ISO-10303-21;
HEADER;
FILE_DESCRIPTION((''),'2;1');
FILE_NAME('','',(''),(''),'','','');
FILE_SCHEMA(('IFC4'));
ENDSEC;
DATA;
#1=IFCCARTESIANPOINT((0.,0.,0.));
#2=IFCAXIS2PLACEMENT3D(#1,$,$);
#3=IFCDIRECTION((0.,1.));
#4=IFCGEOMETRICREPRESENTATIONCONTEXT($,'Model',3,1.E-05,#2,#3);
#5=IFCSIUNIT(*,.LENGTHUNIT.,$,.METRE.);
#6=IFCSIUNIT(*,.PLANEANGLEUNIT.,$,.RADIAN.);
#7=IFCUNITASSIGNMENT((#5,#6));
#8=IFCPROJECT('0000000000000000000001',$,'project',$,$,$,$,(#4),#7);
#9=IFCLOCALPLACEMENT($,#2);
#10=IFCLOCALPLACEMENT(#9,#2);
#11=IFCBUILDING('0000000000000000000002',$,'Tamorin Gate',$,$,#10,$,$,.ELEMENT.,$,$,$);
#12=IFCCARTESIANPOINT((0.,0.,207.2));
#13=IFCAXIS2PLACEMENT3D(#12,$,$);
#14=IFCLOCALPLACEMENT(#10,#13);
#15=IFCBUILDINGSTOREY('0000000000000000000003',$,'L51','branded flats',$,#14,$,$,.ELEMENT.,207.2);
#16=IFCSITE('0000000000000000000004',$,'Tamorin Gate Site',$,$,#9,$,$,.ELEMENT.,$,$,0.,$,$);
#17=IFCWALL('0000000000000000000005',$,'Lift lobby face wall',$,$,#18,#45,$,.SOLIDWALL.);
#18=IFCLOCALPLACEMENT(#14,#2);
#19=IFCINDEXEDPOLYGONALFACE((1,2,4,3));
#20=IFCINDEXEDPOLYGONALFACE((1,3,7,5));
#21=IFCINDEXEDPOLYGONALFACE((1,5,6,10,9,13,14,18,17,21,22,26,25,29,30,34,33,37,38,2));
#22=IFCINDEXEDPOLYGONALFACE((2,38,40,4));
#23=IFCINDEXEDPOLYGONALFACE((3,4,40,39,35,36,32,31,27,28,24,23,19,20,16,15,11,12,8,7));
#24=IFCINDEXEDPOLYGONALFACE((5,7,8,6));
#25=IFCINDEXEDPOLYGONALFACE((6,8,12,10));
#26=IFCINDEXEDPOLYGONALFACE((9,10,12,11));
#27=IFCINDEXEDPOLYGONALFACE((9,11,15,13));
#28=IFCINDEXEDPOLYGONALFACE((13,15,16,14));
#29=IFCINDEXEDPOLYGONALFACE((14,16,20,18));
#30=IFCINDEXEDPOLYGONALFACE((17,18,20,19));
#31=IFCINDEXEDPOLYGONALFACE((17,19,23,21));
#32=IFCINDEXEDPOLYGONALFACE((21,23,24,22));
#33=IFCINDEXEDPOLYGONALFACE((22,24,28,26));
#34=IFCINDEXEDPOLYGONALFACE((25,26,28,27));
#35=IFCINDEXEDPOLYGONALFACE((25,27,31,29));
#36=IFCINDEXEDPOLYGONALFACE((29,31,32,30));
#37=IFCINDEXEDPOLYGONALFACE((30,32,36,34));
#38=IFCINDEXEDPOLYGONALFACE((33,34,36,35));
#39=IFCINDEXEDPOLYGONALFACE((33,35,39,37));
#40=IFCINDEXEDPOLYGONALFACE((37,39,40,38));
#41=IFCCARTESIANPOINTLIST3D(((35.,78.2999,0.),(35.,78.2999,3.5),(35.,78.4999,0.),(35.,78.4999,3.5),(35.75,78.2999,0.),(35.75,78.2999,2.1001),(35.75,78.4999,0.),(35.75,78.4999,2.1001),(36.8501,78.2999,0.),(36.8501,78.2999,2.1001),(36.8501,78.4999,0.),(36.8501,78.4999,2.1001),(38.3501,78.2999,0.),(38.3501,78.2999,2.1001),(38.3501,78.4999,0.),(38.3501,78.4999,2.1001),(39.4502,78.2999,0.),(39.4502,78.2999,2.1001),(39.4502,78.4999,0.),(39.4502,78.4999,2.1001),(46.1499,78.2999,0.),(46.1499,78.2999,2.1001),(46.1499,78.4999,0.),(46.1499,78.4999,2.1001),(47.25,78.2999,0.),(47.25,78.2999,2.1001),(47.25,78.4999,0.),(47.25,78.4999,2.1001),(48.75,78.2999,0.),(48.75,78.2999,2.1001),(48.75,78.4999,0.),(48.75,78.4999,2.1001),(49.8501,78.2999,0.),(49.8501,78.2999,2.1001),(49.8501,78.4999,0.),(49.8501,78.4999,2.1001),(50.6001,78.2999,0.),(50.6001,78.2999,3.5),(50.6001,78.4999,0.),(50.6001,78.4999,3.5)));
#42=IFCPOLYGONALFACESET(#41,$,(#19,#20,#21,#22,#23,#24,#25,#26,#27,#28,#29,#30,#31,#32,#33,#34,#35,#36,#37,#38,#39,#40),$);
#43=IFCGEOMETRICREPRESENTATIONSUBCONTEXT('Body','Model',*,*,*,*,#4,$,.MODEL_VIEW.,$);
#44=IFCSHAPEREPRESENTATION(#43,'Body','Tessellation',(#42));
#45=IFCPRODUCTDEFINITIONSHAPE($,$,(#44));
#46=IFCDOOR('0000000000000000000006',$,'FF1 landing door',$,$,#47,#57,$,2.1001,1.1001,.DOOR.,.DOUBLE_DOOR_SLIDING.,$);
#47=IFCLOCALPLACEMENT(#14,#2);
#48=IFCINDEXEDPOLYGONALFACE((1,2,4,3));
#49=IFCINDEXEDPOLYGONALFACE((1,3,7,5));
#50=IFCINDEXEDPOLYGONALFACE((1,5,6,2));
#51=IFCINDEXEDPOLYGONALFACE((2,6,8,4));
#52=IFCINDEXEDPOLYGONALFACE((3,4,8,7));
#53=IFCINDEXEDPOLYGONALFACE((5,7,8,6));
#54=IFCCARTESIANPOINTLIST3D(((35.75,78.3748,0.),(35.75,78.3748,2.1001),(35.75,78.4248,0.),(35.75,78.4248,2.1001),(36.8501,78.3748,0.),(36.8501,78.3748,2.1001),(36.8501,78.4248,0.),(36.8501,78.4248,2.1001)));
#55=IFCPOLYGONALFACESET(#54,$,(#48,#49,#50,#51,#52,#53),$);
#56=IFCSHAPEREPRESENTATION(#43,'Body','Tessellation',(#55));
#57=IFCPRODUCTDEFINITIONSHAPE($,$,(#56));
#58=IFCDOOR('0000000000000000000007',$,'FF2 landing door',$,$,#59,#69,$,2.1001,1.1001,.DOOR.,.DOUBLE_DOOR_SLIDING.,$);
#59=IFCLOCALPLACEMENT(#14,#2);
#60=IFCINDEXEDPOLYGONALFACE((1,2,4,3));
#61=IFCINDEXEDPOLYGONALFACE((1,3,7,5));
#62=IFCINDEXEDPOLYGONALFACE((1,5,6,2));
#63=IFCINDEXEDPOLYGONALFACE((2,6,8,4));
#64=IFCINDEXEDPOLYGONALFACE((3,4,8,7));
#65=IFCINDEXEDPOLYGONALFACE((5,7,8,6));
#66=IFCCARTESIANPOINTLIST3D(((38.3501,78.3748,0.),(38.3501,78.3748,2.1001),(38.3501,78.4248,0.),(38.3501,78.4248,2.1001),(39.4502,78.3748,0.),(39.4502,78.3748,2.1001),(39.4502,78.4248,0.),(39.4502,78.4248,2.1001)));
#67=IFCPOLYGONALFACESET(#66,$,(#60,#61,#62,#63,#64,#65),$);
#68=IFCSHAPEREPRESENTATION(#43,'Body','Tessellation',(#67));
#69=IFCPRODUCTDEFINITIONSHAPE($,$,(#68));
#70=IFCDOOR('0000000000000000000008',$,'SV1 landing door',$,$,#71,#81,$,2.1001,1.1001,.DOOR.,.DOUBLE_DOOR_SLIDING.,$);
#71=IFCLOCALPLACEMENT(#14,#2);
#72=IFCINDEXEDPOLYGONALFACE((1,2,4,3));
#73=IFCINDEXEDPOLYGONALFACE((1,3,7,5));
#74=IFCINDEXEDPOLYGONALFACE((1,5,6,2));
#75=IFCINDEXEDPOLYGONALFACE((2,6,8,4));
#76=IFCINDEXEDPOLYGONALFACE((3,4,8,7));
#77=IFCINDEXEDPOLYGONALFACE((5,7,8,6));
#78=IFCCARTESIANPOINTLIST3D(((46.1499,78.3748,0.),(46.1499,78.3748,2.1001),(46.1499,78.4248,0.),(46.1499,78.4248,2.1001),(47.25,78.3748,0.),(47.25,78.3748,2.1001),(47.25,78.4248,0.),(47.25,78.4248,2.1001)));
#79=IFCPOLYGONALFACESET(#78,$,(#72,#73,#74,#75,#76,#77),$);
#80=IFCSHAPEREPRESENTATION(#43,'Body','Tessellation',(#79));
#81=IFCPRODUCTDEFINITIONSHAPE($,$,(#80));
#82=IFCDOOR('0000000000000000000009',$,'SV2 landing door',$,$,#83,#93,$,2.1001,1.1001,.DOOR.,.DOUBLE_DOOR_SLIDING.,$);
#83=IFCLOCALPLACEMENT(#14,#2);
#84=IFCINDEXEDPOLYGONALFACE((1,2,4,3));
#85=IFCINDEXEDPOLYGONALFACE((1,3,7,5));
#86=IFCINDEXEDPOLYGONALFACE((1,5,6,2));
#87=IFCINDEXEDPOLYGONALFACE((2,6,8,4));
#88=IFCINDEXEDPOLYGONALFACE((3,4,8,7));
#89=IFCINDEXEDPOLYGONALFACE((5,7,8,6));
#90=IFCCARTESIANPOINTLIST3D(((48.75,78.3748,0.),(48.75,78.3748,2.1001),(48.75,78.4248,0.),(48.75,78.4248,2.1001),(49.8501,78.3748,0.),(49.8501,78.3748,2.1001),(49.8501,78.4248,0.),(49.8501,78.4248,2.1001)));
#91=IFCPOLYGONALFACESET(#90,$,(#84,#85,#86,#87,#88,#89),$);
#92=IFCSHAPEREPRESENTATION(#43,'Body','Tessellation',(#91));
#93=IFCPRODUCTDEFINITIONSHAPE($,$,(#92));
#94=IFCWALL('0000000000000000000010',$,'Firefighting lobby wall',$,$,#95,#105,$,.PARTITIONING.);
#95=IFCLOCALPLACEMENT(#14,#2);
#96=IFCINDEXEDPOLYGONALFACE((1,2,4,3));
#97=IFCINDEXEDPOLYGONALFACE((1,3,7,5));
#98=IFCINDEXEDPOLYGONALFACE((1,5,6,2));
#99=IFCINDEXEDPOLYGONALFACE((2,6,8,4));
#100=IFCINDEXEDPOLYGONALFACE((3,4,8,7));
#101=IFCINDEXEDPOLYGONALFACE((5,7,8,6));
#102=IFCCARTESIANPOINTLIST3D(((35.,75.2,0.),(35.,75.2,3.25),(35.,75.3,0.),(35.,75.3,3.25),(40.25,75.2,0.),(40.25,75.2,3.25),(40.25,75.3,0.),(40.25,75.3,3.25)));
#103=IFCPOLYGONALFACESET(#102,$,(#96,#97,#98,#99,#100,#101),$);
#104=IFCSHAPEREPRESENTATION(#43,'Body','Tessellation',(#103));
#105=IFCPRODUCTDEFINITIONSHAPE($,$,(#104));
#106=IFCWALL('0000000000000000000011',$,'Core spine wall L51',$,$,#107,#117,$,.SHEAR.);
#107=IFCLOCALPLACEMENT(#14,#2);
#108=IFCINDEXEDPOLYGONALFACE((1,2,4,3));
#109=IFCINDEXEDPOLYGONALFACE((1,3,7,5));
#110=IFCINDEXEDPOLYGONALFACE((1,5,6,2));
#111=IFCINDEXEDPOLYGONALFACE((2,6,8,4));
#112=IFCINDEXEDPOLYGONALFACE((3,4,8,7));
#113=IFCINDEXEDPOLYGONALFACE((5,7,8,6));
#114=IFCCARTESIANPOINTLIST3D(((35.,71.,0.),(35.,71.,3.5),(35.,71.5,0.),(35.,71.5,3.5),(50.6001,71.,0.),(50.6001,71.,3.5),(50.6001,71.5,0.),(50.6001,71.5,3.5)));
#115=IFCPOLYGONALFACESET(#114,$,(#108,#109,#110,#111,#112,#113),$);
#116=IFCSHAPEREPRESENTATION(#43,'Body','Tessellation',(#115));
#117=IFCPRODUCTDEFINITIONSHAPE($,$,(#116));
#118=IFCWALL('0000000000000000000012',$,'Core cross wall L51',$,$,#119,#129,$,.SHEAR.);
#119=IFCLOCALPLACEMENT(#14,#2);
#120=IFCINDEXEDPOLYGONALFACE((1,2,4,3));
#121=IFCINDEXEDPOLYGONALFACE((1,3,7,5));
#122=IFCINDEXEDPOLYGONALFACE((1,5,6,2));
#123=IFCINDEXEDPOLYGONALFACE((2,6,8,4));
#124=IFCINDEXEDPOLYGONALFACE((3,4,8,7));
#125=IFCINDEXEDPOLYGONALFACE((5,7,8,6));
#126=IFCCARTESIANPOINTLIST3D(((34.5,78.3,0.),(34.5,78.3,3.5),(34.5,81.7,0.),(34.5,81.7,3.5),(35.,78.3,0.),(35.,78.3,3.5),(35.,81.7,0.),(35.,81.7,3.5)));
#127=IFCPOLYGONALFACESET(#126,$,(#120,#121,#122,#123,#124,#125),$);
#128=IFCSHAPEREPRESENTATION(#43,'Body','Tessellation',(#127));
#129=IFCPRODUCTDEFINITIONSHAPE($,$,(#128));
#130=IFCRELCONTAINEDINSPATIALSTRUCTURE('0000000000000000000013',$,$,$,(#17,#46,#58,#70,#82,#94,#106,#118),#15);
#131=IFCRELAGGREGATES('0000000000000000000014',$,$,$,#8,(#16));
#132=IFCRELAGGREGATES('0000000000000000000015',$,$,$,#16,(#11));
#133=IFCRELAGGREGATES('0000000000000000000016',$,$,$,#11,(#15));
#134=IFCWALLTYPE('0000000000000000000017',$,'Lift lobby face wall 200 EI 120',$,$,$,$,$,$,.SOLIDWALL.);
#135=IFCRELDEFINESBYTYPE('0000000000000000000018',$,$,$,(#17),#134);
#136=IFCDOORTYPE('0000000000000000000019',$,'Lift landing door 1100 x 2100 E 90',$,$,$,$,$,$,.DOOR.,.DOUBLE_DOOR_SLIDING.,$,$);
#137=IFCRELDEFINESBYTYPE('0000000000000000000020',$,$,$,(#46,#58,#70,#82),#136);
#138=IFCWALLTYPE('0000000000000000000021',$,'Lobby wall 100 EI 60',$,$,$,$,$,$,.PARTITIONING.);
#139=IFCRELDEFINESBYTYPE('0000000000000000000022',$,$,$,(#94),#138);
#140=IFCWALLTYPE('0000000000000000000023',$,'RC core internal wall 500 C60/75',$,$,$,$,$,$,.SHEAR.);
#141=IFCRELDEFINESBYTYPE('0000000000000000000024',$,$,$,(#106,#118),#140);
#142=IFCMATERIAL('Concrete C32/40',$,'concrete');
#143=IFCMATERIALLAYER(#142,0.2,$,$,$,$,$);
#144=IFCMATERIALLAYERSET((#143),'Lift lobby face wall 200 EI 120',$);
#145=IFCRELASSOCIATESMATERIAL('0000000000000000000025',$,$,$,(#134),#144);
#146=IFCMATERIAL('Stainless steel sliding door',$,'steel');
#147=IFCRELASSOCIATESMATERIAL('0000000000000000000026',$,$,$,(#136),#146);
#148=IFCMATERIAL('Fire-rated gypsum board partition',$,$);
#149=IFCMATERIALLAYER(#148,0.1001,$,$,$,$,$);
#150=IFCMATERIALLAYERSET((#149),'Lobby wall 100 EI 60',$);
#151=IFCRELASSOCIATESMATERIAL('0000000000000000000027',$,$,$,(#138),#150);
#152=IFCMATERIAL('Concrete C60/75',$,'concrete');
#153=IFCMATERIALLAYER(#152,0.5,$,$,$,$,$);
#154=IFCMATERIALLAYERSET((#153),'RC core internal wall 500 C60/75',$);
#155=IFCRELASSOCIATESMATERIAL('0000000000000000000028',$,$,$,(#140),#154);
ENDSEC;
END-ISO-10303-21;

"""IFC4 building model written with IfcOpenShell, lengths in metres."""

from ifc_helpers import new_model, si_unit, direction, frame, frame_2d, origin, place, context, subcontext, project, spatial, rectangle, extrude, material, layer, layer_set, type_object, element, fill, save


model = new_model("IFC4")

# Units and contexts
model_context = context("Model", 3, precision=1e-05, world=origin(), true_north=direction((0.0, 1.0)))
body_context = subcontext(model_context, "Body", "Model", "MODEL_VIEW")
ifc_project = project(units=[si_unit("LENGTHUNIT", "METRE"), si_unit("PLANEANGLEUNIT", "RADIAN")], contexts=[model_context])

# Site, building, storey
site_placement = place(None, origin())
site = spatial("IfcSite", under=ifc_project, at=site_placement, Name="Tamorin Gate Site", CompositionType="ELEMENT", RefElevation=0.0)
building_placement = place(site_placement, origin())
building = spatial("IfcBuilding", under=site, at=building_placement, Name="Tamorin Gate", CompositionType="ELEMENT")
storey_placement = place(building_placement, frame((0.0, 0.0, 207.2)))
storey = spatial("IfcBuildingStorey", under=building, at=storey_placement, Name="L51", Description="branded flats", CompositionType="ELEMENT", Elevation=207.2)

# Wall, openings, doors
ifc_material_1 = material(Name="Concrete C32/40", Category="concrete")
ifc_layer_1 = layer(ifc_material_1, 0.2)
ifc_layer_set_1 = layer_set([ifc_layer_1], Name="Lift lobby face wall 200 EI 120")
wall_type_1 = type_object("IfcWallType", Name="Lift lobby face wall 200 EI 120", PredefinedType="SOLIDWALL", material=ifc_layer_set_1)
ifc_material_2 = material(Name="Stainless steel sliding door", Category="steel")
door_type_1 = type_object("IfcDoorType", Name="Lift landing door 1100 x 2100 E 90", OperationType="DOUBLE_DOOR_SLIDING", PredefinedType="DOOR", material=ifc_material_2)
wall_1_placement = place(storey_placement, frame((35.0, 78.3999, 0.0), z_axis=(0.0, 0.0, 1.0), x_axis=(1.0, 0.0, 0.0)))
wall_1 = element("IfcWall", 1, at=wall_1_placement, inside=storey, type_object=wall_type_1, Name="Lift lobby face wall", PredefinedType="SOLIDWALL", context=body_context, shape_type="SweptSolid", body=[
    extrude(rectangle(XDim=15.6001, YDim=0.2, at=frame_2d((7.8, 0.0))), origin(), (0.0, 0.0, 1.0), 3.5),
])
opening_1_placement = place(wall_1_placement, frame((0.75, 0.0, 0.0)))
opening_1 = element("IfcOpeningElement", 2, at=opening_1_placement, cuts=wall_1, PredefinedType="OPENING", context=body_context, shape_type="SweptSolid", body=[
    extrude(rectangle(XDim=1.1001, YDim=2.1001, at=frame_2d((0.55, 1.05))), frame((0.0, 0.1099, 0.0), z_axis=(0.0, -1.0, 0.0), x_axis=(1.0, 0.0, 0.0)), (0.0, 0.0, 1.0), 0.22),
])
opening_2_placement = place(wall_1_placement, frame((3.3501, 0.0, 0.0)))
opening_2 = element("IfcOpeningElement", 3, at=opening_2_placement, cuts=wall_1, PredefinedType="OPENING", context=body_context, shape_type="SweptSolid", body=[
    extrude(rectangle(XDim=1.1001, YDim=2.1001, at=frame_2d((0.55, 1.05))), frame((0.0, 0.1099, 0.0), z_axis=(0.0, -1.0, 0.0), x_axis=(1.0, 0.0, 0.0)), (0.0, 0.0, 1.0), 0.22),
])
opening_3_placement = place(wall_1_placement, frame((11.1499, 0.0, 0.0)))
opening_3 = element("IfcOpeningElement", 4, at=opening_3_placement, cuts=wall_1, PredefinedType="OPENING", context=body_context, shape_type="SweptSolid", body=[
    extrude(rectangle(XDim=1.1001, YDim=2.1001, at=frame_2d((0.55, 1.05))), frame((0.0, 0.1099, 0.0), z_axis=(0.0, -1.0, 0.0), x_axis=(1.0, 0.0, 0.0)), (0.0, 0.0, 1.0), 0.22),
])
opening_4_placement = place(wall_1_placement, frame((13.75, 0.0, 0.0)))
opening_4 = element("IfcOpeningElement", 5, at=opening_4_placement, cuts=wall_1, PredefinedType="OPENING", context=body_context, shape_type="SweptSolid", body=[
    extrude(rectangle(XDim=1.1001, YDim=2.1001, at=frame_2d((0.55, 1.05))), frame((0.0, 0.1099, 0.0), z_axis=(0.0, -1.0, 0.0), x_axis=(1.0, 0.0, 0.0)), (0.0, 0.0, 1.0), 0.22),
])
door_1_placement = place(opening_1_placement, origin())
door_1 = element("IfcDoor", 6, at=door_1_placement, inside=storey, type_object=door_type_1, Name="FF1 landing door", OperationType="DOUBLE_DOOR_SLIDING", OverallHeight=2.1001, OverallWidth=1.1001, PredefinedType="DOOR", context=body_context, shape_type="SweptSolid", body=[
    extrude(rectangle(XDim=1.1001, YDim=2.1001, at=frame_2d((0.55, 1.05))), frame((0.0, 0.0249, 0.0), z_axis=(0.0, -1.0, 0.0), x_axis=(1.0, 0.0, 0.0)), (0.0, 0.0, 1.0), 0.05),
])
fill(opening_1, door_1)
door_2_placement = place(opening_2_placement, origin())
door_2 = element("IfcDoor", 7, at=door_2_placement, inside=storey, type_object=door_type_1, Name="FF2 landing door", OperationType="DOUBLE_DOOR_SLIDING", OverallHeight=2.1001, OverallWidth=1.1001, PredefinedType="DOOR", context=body_context, shape_type="SweptSolid", body=[
    extrude(rectangle(XDim=1.1001, YDim=2.1001, at=frame_2d((0.55, 1.05))), frame((0.0, 0.0249, 0.0), z_axis=(0.0, -1.0, 0.0), x_axis=(1.0, 0.0, 0.0)), (0.0, 0.0, 1.0), 0.05),
])
fill(opening_2, door_2)
door_3_placement = place(opening_3_placement, origin())
door_3 = element("IfcDoor", 8, at=door_3_placement, inside=storey, type_object=door_type_1, Name="SV1 landing door", OperationType="DOUBLE_DOOR_SLIDING", OverallHeight=2.1001, OverallWidth=1.1001, PredefinedType="DOOR", context=body_context, shape_type="SweptSolid", body=[
    extrude(rectangle(XDim=1.1001, YDim=2.1001, at=frame_2d((0.55, 1.05))), frame((0.0, 0.0249, 0.0), z_axis=(0.0, -1.0, 0.0), x_axis=(1.0, 0.0, 0.0)), (0.0, 0.0, 1.0), 0.05),
])
fill(opening_3, door_3)
door_4_placement = place(opening_4_placement, origin())
door_4 = element("IfcDoor", 9, at=door_4_placement, inside=storey, type_object=door_type_1, Name="SV2 landing door", OperationType="DOUBLE_DOOR_SLIDING", OverallHeight=2.1001, OverallWidth=1.1001, PredefinedType="DOOR", context=body_context, shape_type="SweptSolid", body=[
    extrude(rectangle(XDim=1.1001, YDim=2.1001, at=frame_2d((0.55, 1.05))), frame((0.0, 0.0249, 0.0), z_axis=(0.0, -1.0, 0.0), x_axis=(1.0, 0.0, 0.0)), (0.0, 0.0, 1.0), 0.05),
])
fill(opening_4, door_4)

# Walls
ifc_material_3 = material(Name="Fire-rated gypsum board partition")
ifc_layer_2 = layer(ifc_material_3, 0.1001)
ifc_layer_set_2 = layer_set([ifc_layer_2], Name="Lobby wall 100 EI 60")
wall_type_2 = type_object("IfcWallType", Name="Lobby wall 100 EI 60", PredefinedType="PARTITIONING", material=ifc_layer_set_2)
wall_2_placement = place(storey_placement, frame((35.0, 75.25, 0.0), z_axis=(0.0, 0.0, 1.0), x_axis=(1.0, 0.0, 0.0)))
element("IfcWall", 10, at=wall_2_placement, inside=storey, type_object=wall_type_2, Name="Firefighting lobby wall", PredefinedType="PARTITIONING", context=body_context, shape_type="SweptSolid", body=[
    extrude(rectangle(XDim=5.25, YDim=0.1001, at=frame_2d((2.625, 0.0))), origin(), (0.0, 0.0, 1.0), 3.25),
])
ifc_material_4 = material(Name="Concrete C60/75", Category="concrete")
ifc_layer_3 = layer(ifc_material_4, 0.5)
ifc_layer_set_3 = layer_set([ifc_layer_3], Name="RC core internal wall 500 C60/75")
wall_type_3 = type_object("IfcWallType", Name="RC core internal wall 500 C60/75", PredefinedType="SHEAR", material=ifc_layer_set_3)
wall_3_placement = place(storey_placement, frame((35.0, 71.25, 0.0), z_axis=(0.0, 0.0, 1.0), x_axis=(1.0, 0.0, 0.0)))
element("IfcWall", 11, at=wall_3_placement, inside=storey, type_object=wall_type_3, Name="Core spine wall L51", PredefinedType="SHEAR", context=body_context, shape_type="SweptSolid", body=[
    extrude(rectangle(XDim=15.6001, YDim=0.5, at=frame_2d((7.8, 0.0))), origin(), (0.0, 0.0, 1.0), 3.5),
])
wall_4_placement = place(storey_placement, frame((34.75, 78.3, 0.0), z_axis=(0.0, 0.0, 1.0), x_axis=(0.0, 1.0, 0.0)))
element("IfcWall", 12, at=wall_4_placement, inside=storey, type_object=wall_type_3, Name="Core cross wall L51", PredefinedType="SHEAR", context=body_context, shape_type="SweptSolid", body=[
    extrude(rectangle(XDim=3.3999, YDim=0.5, at=frame_2d((1.7, 0.0))), origin(), (0.0, 0.0, 1.0), 3.5),
])

save(model, "model.ifc")
